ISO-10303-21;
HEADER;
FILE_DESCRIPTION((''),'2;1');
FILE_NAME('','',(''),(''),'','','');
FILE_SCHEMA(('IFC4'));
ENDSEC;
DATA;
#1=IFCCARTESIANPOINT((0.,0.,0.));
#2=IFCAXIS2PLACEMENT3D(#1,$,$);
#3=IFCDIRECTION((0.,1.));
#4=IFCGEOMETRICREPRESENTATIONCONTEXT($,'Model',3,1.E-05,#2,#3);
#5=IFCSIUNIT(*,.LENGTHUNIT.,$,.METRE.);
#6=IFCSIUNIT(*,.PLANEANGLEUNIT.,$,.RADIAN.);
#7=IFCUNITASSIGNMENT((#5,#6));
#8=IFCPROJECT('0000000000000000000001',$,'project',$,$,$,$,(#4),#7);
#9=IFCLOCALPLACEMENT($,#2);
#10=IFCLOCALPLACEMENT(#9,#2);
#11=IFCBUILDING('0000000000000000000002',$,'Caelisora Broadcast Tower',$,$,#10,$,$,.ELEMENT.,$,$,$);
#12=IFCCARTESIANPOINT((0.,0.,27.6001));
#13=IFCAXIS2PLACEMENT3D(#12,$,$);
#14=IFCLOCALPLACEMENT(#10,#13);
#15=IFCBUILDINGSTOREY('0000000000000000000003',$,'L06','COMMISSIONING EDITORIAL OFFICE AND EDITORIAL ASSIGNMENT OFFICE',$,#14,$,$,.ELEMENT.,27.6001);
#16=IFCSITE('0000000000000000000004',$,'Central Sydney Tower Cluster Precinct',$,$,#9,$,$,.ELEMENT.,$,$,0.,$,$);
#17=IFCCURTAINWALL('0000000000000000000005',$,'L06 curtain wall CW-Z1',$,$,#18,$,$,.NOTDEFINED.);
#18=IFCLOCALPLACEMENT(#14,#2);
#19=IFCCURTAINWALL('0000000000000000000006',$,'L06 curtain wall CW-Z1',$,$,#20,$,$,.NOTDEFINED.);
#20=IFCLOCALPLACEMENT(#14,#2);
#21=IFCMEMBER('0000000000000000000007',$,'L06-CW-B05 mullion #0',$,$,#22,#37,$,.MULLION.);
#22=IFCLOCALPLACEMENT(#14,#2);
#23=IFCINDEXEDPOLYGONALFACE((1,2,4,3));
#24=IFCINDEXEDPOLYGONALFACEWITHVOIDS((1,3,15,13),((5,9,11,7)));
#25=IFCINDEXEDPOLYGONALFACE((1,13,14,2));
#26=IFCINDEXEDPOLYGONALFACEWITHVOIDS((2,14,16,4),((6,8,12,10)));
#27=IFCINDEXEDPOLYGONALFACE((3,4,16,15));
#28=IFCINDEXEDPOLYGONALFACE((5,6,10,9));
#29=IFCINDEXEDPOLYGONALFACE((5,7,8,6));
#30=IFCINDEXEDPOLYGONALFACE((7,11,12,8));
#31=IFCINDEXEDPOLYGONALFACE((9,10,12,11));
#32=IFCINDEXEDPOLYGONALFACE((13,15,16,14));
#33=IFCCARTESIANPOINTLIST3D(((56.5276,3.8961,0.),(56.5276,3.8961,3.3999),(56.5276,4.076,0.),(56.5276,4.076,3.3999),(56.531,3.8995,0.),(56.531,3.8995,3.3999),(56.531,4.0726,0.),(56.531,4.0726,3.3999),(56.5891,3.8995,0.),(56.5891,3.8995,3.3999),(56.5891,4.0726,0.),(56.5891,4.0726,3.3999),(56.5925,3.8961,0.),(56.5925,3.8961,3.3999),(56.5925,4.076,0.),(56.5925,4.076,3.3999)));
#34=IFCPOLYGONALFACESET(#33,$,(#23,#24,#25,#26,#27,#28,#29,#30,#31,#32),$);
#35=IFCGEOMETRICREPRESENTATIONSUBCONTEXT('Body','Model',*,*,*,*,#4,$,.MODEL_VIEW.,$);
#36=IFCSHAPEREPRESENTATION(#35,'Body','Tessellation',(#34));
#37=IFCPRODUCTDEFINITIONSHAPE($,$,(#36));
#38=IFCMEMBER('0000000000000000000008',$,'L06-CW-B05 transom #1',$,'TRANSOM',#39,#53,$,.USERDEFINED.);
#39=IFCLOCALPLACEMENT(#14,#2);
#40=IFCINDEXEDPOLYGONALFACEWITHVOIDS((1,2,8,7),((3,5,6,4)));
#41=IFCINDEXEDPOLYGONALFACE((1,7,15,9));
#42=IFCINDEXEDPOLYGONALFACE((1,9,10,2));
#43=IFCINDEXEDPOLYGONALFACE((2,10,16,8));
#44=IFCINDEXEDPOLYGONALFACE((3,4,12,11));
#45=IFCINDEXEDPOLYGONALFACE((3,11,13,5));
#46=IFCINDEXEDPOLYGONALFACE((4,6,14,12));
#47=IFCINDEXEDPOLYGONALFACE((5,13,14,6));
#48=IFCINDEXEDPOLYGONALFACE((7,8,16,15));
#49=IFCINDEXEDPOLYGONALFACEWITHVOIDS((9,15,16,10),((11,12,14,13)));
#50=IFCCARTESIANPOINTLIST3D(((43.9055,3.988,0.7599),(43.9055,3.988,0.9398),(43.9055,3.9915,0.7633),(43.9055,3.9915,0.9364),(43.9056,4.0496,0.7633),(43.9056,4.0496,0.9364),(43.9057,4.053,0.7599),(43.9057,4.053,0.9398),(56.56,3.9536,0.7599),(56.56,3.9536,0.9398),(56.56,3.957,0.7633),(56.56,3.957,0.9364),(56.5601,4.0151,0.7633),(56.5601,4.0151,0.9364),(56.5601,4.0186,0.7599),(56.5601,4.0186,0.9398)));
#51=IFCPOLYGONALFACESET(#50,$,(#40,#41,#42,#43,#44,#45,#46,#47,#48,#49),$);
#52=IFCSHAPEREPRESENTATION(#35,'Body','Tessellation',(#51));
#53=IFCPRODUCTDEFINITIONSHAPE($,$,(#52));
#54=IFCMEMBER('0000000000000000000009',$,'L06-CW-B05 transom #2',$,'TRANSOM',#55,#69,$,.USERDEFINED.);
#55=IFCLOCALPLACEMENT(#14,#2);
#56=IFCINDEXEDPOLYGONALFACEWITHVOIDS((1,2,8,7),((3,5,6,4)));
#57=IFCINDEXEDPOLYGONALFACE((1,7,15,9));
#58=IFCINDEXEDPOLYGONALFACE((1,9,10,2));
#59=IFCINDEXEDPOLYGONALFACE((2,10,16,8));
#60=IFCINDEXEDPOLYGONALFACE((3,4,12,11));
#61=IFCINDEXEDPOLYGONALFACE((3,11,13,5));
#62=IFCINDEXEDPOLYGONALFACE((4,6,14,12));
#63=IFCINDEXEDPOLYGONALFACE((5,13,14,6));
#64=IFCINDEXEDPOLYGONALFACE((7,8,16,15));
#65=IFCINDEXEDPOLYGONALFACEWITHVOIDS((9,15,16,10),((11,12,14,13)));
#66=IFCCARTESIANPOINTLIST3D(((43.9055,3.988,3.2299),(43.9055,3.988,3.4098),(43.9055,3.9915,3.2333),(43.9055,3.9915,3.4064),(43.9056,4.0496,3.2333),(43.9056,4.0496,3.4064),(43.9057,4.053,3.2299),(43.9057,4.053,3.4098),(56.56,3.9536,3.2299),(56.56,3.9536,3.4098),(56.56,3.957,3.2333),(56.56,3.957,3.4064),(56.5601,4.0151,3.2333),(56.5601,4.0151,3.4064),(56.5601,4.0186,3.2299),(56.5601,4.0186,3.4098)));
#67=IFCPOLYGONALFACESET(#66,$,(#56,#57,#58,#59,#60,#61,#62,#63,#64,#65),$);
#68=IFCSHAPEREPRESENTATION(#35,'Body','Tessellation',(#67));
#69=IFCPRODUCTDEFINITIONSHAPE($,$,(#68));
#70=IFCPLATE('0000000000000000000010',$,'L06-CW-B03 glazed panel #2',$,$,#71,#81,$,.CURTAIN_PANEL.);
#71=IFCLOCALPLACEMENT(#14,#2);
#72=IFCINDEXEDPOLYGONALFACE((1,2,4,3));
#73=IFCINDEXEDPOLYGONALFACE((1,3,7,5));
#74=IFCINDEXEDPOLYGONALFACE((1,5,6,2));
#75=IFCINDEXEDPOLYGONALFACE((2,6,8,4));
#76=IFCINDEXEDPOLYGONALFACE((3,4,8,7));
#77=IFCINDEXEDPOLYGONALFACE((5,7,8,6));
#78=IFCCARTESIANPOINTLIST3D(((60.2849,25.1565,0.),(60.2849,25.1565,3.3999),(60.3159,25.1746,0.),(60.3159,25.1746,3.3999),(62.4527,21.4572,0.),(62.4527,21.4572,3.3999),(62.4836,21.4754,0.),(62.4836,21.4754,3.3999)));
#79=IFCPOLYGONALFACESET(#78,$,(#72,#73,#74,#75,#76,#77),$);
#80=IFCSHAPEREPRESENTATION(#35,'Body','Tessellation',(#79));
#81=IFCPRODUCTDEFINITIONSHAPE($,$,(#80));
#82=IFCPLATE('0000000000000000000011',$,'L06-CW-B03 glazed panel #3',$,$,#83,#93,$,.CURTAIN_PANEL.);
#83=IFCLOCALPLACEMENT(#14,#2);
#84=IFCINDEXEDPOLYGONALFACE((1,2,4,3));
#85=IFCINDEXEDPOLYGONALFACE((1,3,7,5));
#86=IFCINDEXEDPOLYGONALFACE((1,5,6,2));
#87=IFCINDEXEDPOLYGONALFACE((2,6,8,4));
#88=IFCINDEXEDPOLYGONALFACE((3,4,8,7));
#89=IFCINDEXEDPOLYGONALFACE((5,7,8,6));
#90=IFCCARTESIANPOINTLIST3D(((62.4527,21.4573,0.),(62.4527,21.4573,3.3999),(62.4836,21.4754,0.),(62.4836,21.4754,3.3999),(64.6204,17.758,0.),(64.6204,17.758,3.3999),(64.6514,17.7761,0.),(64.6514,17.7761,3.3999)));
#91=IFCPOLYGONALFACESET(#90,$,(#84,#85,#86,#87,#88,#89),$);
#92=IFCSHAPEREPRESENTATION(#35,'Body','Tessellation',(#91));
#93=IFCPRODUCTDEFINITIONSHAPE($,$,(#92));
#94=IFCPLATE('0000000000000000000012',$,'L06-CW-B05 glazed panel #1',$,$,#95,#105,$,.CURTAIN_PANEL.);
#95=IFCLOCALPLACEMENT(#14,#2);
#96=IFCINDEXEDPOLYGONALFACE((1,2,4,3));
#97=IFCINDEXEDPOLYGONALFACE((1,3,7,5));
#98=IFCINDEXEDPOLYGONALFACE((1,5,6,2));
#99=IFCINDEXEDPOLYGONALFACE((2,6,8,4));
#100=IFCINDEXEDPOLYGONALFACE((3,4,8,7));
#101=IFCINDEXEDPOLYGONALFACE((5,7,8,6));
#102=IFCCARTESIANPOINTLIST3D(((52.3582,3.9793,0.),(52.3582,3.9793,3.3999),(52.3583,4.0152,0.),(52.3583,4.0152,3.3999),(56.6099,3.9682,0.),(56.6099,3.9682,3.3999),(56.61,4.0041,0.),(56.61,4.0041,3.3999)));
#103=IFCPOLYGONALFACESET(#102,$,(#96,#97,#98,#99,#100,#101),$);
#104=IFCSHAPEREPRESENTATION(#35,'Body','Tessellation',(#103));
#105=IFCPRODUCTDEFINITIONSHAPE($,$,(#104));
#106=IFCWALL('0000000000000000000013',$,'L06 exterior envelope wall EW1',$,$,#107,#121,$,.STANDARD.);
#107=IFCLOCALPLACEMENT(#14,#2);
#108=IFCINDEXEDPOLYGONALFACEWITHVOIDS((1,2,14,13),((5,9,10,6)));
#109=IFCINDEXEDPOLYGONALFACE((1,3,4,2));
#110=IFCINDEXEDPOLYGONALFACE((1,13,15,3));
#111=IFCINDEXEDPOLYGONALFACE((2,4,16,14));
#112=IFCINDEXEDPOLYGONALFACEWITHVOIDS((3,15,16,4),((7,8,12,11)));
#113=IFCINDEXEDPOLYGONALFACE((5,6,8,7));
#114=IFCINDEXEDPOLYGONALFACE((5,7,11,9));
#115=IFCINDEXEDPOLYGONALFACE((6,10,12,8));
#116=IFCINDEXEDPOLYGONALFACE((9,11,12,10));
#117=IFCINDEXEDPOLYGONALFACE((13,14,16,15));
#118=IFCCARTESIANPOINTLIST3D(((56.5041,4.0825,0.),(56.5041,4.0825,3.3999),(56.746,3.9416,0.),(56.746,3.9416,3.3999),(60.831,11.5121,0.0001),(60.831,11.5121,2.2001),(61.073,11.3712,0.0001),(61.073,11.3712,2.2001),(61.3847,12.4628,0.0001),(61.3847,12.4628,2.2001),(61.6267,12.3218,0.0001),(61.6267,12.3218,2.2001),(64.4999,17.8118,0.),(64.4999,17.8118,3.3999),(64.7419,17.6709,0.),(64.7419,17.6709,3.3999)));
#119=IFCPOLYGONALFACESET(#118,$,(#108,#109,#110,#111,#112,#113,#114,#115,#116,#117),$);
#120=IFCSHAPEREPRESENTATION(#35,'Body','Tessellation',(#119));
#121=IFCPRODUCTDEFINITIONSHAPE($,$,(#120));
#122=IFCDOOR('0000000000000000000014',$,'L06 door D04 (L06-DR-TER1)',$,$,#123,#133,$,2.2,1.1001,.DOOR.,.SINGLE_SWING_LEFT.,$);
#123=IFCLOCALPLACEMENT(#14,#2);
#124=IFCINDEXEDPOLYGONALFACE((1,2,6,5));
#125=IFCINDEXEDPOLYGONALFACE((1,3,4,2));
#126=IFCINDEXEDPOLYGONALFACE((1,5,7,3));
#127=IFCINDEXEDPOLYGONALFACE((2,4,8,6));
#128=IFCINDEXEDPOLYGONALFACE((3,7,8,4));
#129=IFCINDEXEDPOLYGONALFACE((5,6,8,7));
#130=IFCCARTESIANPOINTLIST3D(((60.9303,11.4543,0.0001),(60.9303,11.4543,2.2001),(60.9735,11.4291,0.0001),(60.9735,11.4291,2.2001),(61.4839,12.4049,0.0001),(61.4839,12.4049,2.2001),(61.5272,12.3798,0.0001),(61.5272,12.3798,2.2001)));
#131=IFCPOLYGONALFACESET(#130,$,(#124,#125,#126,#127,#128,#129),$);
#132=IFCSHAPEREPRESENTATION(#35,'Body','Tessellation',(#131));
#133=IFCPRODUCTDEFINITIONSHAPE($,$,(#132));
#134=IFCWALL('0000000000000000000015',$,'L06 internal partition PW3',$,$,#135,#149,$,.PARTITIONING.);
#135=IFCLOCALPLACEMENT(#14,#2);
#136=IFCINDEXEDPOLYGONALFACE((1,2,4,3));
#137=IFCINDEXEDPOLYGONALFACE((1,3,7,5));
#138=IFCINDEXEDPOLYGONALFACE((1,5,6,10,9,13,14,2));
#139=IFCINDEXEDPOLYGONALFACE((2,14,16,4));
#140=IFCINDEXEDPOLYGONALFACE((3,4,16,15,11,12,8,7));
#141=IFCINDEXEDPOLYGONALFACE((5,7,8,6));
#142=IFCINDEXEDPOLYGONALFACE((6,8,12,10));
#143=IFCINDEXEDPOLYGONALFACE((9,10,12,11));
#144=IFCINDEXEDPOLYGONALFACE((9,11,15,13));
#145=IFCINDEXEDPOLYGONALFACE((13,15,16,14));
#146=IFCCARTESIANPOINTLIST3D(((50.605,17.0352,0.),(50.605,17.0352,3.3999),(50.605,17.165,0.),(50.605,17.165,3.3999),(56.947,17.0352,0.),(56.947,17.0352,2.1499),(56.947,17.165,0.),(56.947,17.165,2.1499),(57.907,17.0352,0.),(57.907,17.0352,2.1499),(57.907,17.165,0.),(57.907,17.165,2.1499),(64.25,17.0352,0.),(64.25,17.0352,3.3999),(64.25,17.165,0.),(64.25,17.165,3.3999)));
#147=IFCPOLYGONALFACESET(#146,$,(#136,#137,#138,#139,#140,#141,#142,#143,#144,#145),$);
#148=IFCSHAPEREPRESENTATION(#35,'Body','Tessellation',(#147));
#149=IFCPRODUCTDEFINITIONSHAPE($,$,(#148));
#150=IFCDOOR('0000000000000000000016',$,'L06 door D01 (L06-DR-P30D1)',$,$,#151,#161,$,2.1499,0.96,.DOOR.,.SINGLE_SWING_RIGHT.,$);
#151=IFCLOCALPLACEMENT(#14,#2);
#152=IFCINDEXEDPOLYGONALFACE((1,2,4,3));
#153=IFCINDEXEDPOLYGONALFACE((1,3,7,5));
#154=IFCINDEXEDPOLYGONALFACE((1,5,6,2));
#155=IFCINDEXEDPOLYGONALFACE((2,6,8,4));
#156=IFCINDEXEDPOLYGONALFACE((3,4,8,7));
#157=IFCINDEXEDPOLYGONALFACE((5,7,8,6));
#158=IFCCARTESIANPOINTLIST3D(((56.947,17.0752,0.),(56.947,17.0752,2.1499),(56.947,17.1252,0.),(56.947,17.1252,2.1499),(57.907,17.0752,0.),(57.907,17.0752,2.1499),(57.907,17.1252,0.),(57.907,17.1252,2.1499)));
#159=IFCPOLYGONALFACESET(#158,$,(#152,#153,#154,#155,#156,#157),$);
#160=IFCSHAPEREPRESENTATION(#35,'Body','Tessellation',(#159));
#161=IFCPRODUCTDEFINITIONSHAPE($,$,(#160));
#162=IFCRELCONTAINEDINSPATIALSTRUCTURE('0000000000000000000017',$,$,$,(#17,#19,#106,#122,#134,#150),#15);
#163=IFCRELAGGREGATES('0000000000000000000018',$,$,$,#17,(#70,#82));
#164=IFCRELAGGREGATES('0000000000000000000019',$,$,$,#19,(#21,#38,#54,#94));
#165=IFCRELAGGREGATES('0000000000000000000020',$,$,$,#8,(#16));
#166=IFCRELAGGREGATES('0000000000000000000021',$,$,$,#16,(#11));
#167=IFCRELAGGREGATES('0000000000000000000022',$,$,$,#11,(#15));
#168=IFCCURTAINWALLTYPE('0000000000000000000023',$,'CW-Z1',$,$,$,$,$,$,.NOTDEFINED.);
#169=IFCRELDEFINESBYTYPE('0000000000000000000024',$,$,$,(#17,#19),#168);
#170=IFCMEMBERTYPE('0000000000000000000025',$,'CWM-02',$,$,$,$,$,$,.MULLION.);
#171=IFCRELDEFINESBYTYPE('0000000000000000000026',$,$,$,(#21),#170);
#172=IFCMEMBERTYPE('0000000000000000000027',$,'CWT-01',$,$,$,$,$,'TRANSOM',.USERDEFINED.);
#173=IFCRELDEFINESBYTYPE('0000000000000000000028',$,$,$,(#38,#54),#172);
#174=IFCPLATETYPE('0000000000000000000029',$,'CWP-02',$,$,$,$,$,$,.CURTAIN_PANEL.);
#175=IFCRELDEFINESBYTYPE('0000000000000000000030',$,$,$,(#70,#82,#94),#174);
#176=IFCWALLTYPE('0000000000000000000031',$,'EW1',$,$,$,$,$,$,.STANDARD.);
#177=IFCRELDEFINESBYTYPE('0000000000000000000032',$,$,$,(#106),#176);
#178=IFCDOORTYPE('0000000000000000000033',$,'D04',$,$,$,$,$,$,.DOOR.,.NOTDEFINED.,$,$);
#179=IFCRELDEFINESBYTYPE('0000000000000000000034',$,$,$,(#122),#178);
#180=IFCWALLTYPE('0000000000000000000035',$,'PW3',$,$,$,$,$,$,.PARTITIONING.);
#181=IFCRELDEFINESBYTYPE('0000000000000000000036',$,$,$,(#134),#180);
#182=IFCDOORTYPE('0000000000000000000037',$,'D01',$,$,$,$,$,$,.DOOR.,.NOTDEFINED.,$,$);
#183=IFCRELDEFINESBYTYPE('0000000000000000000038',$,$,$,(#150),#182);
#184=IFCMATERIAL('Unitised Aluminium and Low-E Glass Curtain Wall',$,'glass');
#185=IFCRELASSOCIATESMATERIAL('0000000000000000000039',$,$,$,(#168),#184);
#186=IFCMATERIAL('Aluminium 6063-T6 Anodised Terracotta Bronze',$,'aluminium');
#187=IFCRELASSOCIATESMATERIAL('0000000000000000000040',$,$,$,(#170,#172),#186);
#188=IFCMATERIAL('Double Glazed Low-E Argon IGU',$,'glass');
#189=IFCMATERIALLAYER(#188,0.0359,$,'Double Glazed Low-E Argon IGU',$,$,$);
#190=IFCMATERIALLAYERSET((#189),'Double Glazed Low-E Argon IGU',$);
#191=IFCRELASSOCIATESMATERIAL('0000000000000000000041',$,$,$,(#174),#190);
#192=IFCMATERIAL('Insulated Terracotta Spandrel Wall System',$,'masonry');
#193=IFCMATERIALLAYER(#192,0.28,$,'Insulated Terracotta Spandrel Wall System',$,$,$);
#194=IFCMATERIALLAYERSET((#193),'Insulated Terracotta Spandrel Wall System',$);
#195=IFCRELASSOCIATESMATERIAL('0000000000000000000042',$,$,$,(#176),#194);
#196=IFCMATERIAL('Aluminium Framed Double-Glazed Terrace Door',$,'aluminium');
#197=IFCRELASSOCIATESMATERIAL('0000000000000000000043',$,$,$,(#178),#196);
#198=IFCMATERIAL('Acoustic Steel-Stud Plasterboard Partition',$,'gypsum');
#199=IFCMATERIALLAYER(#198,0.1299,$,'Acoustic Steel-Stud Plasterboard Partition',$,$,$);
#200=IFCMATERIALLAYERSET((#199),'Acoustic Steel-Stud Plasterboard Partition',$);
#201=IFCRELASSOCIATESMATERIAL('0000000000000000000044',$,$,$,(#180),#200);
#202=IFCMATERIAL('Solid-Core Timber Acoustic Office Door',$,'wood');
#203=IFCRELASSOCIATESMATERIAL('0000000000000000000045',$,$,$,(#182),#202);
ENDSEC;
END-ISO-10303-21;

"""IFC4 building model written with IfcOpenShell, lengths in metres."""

from ifc_helpers import new_model, si_unit, direction, frame, frame_2d, origin, origin_2d, place, context, subcontext, project, spatial, rectangle, hollow_rectangle, extrude, source, transform, mapped, material, layer, layer_set, material_profile, profile_set, type_object, type_shapes, element, fill, aggregate, save


model = new_model("IFC4")

# Units and contexts
model_context = context("Model", 3, precision=1e-05, world=origin(), true_north=direction((0.0, 1.0)))
body_context = subcontext(model_context, "Body", "Model", "MODEL_VIEW")
ifc_project = project(units=[si_unit("LENGTHUNIT", "METRE"), si_unit("PLANEANGLEUNIT", "RADIAN")], contexts=[model_context])

# Site, building, storey
site_placement = place(None, origin())
site = spatial("IfcSite", under=ifc_project, at=site_placement, Name="Central Sydney Tower Cluster Precinct", CompositionType="ELEMENT", RefElevation=0.0)
building_placement = place(site_placement, origin())
building = spatial("IfcBuilding", under=site, at=building_placement, Name="Caelisora Broadcast Tower", CompositionType="ELEMENT")
storey_placement = place(building_placement, frame((0.0, 0.0, 27.6001)))
storey = spatial("IfcBuildingStorey", under=building, at=storey_placement, Name="L06", Description="COMMISSIONING EDITORIAL OFFICE AND EDITORIAL ASSIGNMENT OFFICE", CompositionType="ELEMENT", Elevation=27.6001)

# Curtain walls, members
ifc_material_1 = material(Name="Unitised Aluminium and Low-E Glass Curtain Wall", Category="glass")
curtain_wall_type = type_object("IfcCurtainWallType", Name="CW-Z1", PredefinedType="NOTDEFINED", material=ifc_material_1)
curtain_wall_1_placement = place(storey_placement, origin())
curtain_wall_1 = element("IfcCurtainWall", 1, at=curtain_wall_1_placement, inside=storey, type_object=curtain_wall_type, Name="L06 curtain wall CW-Z1", PredefinedType="NOTDEFINED")
ifc_material_2 = material(Name="Aluminium 6063-T6 Anodised Terracotta Bronze", Category="aluminium")
ifc_material_profile_1 = material_profile(ifc_material_2, hollow_rectangle(XDim=0.0649, YDim=0.1799, WallThickness=0.0034, at=origin_2d()), Name="Aluminium 6063-T6 Anodised Terracotta Bronze")
ifc_profile_set_1 = profile_set([ifc_material_profile_1], Name="Aluminium 6063-T6 Anodised Terracotta Bronze")
member_type_1 = type_object("IfcMemberType", Name="CWM-02", PredefinedType="MULLION", material=ifc_profile_set_1)
shared_shape_1 = source(origin(), body_context, "Body", "SweptSolid", [
    extrude(hollow_rectangle(XDim=0.0649, YDim=0.1799, WallThickness=0.0034, at=origin_2d()), origin(), (0.0, 0.0, 1.0), 3.3999),
])
type_shapes(member_type_1, [shared_shape_1])
curtain_wall_2_placement = place(storey_placement, origin())
curtain_wall_2 = element("IfcCurtainWall", 2, at=curtain_wall_2_placement, inside=storey, type_object=curtain_wall_type, Name="L06 curtain wall CW-Z1", PredefinedType="NOTDEFINED")
member_1_placement = place(storey_placement, frame((56.5601, 3.9861, 0.0), z_axis=(0.0, 0.0, 1.0), x_axis=(1.0, 0.0, 0.0)))
member_1 = element("IfcMember", 3, at=member_1_placement, type_object=member_type_1, Name="L06-CW-B05 mullion #0", PredefinedType="MULLION", context=body_context, shape_type="MappedRepresentation", body=[
    mapped(shared_shape_1, transform((0.0, 0.0, 0.0), scale=1.0)),
])
ifc_material_profile_2 = material_profile(ifc_material_2, hollow_rectangle(XDim=0.0649, YDim=0.1799, WallThickness=0.0034, at=origin_2d()), Name="Aluminium 6063-T6 Anodised Terracotta Bronze")
ifc_profile_set_2 = profile_set([ifc_material_profile_2], Name="Aluminium 6063-T6 Anodised Terracotta Bronze")
member_type_2 = type_object("IfcMemberType", Name="CWT-01", ElementType="TRANSOM", PredefinedType="USERDEFINED", material=ifc_profile_set_2)
shared_shape_2 = source(origin(), body_context, "Body", "SweptSolid", [
    extrude(hollow_rectangle(XDim=0.0649, YDim=0.1799, WallThickness=0.0034, at=origin_2d()), origin(), (0.0, 0.0, 1.0), 12.6545),
])
type_shapes(member_type_2, [shared_shape_2])
member_2_placement = place(storey_placement, frame((56.5601, 3.9861, 0.8499), z_axis=(-0.999996, 0.00272, 0.0), x_axis=(-0.00272, -0.999996, 0.0)))
member_2 = element("IfcMember", 4, at=member_2_placement, type_object=member_type_2, Name="L06-CW-B05 transom #1", ObjectType="TRANSOM", PredefinedType="USERDEFINED", context=body_context, shape_type="MappedRepresentation", body=[
    mapped(shared_shape_2, transform((0.0, 0.0, 0.0), scale=1.0)),
])
member_3_placement = place(storey_placement, frame((56.5601, 3.9861, 3.3198), z_axis=(-0.999996, 0.00272, 0.0), x_axis=(-0.00272, -0.999996, 0.0)))
member_3 = element("IfcMember", 5, at=member_3_placement, type_object=member_type_2, Name="L06-CW-B05 transom #2", ObjectType="TRANSOM", PredefinedType="USERDEFINED", context=body_context, shape_type="MappedRepresentation", body=[
    mapped(shared_shape_2, transform((0.0, 0.0, 0.0), scale=1.0)),
])

# Plates
ifc_material_3 = material(Name="Double Glazed Low-E Argon IGU", Category="glass")
ifc_layer_1 = layer(ifc_material_3, 0.0359, Name="Double Glazed Low-E Argon IGU")
ifc_layer_set_1 = layer_set([ifc_layer_1], Name="Double Glazed Low-E Argon IGU")
plate_type = type_object("IfcPlateType", Name="CWP-02", PredefinedType="CURTAIN_PANEL", material=ifc_layer_set_1)
shared_shape_3 = source(origin(), body_context, "Body", "SweptSolid", [
    extrude(rectangle(XDim=4.2876, YDim=0.0359, at=origin_2d()), origin(), (0.0, 0.0, 1.0), 3.3999),
])
plate_1_placement = place(storey_placement, frame((61.3843, 23.3159, 0.0), z_axis=(0.0, 0.0, 1.0), x_axis=(0.505582, -0.862779, 0.0)))
plate_1 = element("IfcPlate", 6, at=plate_1_placement, type_object=plate_type, Name="L06-CW-B03 glazed panel #2", PredefinedType="CURTAIN_PANEL", context=body_context, shape_type="MappedRepresentation", body=[
    mapped(shared_shape_3, transform((0.0, 0.0, 0.0), scale=1.0)),
])
plate_2_placement = place(storey_placement, frame((63.552, 19.6167, 0.0), z_axis=(0.0, 0.0, 1.0), x_axis=(0.505582, -0.862779, 0.0)))
plate_2 = element("IfcPlate", 7, at=plate_2_placement, type_object=plate_type, Name="L06-CW-B03 glazed panel #3", PredefinedType="CURTAIN_PANEL", context=body_context, shape_type="MappedRepresentation", body=[
    mapped(shared_shape_3, transform((0.0, 0.0, 0.0), scale=1.0)),
])
aggregate(curtain_wall_1, [plate_1, plate_2])
shared_shape_4 = source(origin(), body_context, "Body", "SweptSolid", [
    extrude(rectangle(XDim=4.2517, YDim=0.0359, at=origin_2d()), origin(), (0.0, 0.0, 1.0), 3.3999),
])
type_shapes(plate_type, [shared_shape_3, shared_shape_4])
plate_3_placement = place(storey_placement, frame((54.4841, 3.9917, 0.0), z_axis=(0.0, 0.0, 1.0), x_axis=(-0.999997, 0.002618, 0.0)))
plate_3 = element("IfcPlate", 8, at=plate_3_placement, type_object=plate_type, Name="L06-CW-B05 glazed panel #1", PredefinedType="CURTAIN_PANEL", context=body_context, shape_type="MappedRepresentation", body=[
    mapped(shared_shape_4, transform((0.0, 0.0, 0.0), scale=1.0)),
])
aggregate(curtain_wall_2, [member_1, member_2, member_3, plate_3])

# Walls, openings, doors
ifc_material_4 = material(Name="Insulated Terracotta Spandrel Wall System", Category="masonry")
ifc_layer_2 = layer(ifc_material_4, 0.28, Name="Insulated Terracotta Spandrel Wall System")
ifc_layer_set_2 = layer_set([ifc_layer_2], Name="Insulated Terracotta Spandrel Wall System")
wall_type_1 = type_object("IfcWallType", Name="EW1", PredefinedType="STANDARD", material=ifc_layer_set_2)
wall_1_placement = place(storey_placement, frame((64.6208, 17.7412, 0.0), z_axis=(0.0, 0.0, 1.0), x_axis=(-0.503266, -0.864131, 0.0)))
wall_1 = element("IfcWall", 9, at=wall_1_placement, inside=storey, type_object=wall_type_1, Name="L06 exterior envelope wall EW1", PredefinedType="STANDARD", context=body_context, shape_type="SweptSolid", body=[
    extrude(rectangle(XDim=15.8879, YDim=0.28, at=frame_2d((7.9438, 0.0))), origin(), (0.0, 0.0, 1.0), 3.3999),
])
opening_1_placement = place(wall_1_placement, frame((6.1899, 0.0, 0.0)))
opening_1 = element("IfcOpeningElement", 10, at=opening_1_placement, cuts=wall_1, PredefinedType="OPENING", context=body_context, shape_type="SweptSolid", body=[
    extrude(rectangle(XDim=1.1001, YDim=2.2, at=frame_2d((0.55, 1.1001))), frame((0.0, 0.1521, 0.0), z_axis=(0.0, -1.0, 0.0), x_axis=(1.0, 0.0, 0.0)), (0.0, 0.0, 1.0), 0.304),
])
ifc_material_5 = material(Name="Aluminium Framed Double-Glazed Terrace Door", Category="aluminium")
door_type_1 = type_object("IfcDoorType", Name="D04", OperationType="NOTDEFINED", PredefinedType="DOOR", material=ifc_material_5)
door_1_placement = place(opening_1_placement, origin())
door_1 = element("IfcDoor", 11, at=door_1_placement, inside=storey, type_object=door_type_1, Name="L06 door D04 (L06-DR-TER1)", OperationType="SINGLE_SWING_LEFT", OverallHeight=2.2, OverallWidth=1.1001, PredefinedType="DOOR", context=body_context, shape_type="SweptSolid", body=[
    extrude(rectangle(XDim=1.1001, YDim=2.2, at=frame_2d((0.55, 1.1001))), frame((0.0, 0.0249, 0.0), z_axis=(0.0, -1.0, 0.0), x_axis=(1.0, 0.0, 0.0)), (0.0, 0.0, 1.0), 0.05),
])
fill(opening_1, door_1)
ifc_material_6 = material(Name="Acoustic Steel-Stud Plasterboard Partition", Category="gypsum")
ifc_layer_3 = layer(ifc_material_6, 0.1299, Name="Acoustic Steel-Stud Plasterboard Partition")
ifc_layer_set_3 = layer_set([ifc_layer_3], Name="Acoustic Steel-Stud Plasterboard Partition")
wall_type_2 = type_object("IfcWallType", Name="PW3", PredefinedType="PARTITIONING", material=ifc_layer_set_3)
wall_2_placement = place(storey_placement, frame((64.25, 17.1001, 0.0), z_axis=(0.0, 0.0, 1.0), x_axis=(-1.0, 0.0, 0.0)))
wall_2 = element("IfcWall", 12, at=wall_2_placement, inside=storey, type_object=wall_type_2, Name="L06 internal partition PW3", PredefinedType="PARTITIONING", context=body_context, shape_type="SweptSolid", body=[
    extrude(rectangle(XDim=13.645, YDim=0.1299, at=frame_2d((6.8225, 0.0))), origin(), (0.0, 0.0, 1.0), 3.3999),
])
opening_2_placement = place(wall_2_placement, frame((6.343, 0.0, 0.0)))
opening_2 = element("IfcOpeningElement", 13, at=opening_2_placement, cuts=wall_2, PredefinedType="OPENING", context=body_context, shape_type="SweptSolid", body=[
    extrude(rectangle(XDim=0.96, YDim=2.1499, at=frame_2d((0.48, 1.075))), frame((0.0, 0.0769, 0.0), z_axis=(0.0, -1.0, 0.0), x_axis=(1.0, 0.0, 0.0)), (0.0, 0.0, 1.0), 0.1538),
])
ifc_material_7 = material(Name="Solid-Core Timber Acoustic Office Door", Category="wood")
door_type_2 = type_object("IfcDoorType", Name="D01", OperationType="NOTDEFINED", PredefinedType="DOOR", material=ifc_material_7)
door_2_placement = place(opening_2_placement, origin())
door_2 = element("IfcDoor", 14, at=door_2_placement, inside=storey, type_object=door_type_2, Name="L06 door D01 (L06-DR-P30D1)", OperationType="SINGLE_SWING_RIGHT", OverallHeight=2.1499, OverallWidth=0.96, PredefinedType="DOOR", context=body_context, shape_type="SweptSolid", body=[
    extrude(rectangle(XDim=0.96, YDim=2.1499, at=frame_2d((0.48, 1.075))), frame((0.0, 0.0249, 0.0), z_axis=(0.0, -1.0, 0.0), x_axis=(1.0, 0.0, 0.0)), (0.0, 0.0, 1.0), 0.05),
])
fill(opening_2, door_2)

save(model, "model.ifc")
